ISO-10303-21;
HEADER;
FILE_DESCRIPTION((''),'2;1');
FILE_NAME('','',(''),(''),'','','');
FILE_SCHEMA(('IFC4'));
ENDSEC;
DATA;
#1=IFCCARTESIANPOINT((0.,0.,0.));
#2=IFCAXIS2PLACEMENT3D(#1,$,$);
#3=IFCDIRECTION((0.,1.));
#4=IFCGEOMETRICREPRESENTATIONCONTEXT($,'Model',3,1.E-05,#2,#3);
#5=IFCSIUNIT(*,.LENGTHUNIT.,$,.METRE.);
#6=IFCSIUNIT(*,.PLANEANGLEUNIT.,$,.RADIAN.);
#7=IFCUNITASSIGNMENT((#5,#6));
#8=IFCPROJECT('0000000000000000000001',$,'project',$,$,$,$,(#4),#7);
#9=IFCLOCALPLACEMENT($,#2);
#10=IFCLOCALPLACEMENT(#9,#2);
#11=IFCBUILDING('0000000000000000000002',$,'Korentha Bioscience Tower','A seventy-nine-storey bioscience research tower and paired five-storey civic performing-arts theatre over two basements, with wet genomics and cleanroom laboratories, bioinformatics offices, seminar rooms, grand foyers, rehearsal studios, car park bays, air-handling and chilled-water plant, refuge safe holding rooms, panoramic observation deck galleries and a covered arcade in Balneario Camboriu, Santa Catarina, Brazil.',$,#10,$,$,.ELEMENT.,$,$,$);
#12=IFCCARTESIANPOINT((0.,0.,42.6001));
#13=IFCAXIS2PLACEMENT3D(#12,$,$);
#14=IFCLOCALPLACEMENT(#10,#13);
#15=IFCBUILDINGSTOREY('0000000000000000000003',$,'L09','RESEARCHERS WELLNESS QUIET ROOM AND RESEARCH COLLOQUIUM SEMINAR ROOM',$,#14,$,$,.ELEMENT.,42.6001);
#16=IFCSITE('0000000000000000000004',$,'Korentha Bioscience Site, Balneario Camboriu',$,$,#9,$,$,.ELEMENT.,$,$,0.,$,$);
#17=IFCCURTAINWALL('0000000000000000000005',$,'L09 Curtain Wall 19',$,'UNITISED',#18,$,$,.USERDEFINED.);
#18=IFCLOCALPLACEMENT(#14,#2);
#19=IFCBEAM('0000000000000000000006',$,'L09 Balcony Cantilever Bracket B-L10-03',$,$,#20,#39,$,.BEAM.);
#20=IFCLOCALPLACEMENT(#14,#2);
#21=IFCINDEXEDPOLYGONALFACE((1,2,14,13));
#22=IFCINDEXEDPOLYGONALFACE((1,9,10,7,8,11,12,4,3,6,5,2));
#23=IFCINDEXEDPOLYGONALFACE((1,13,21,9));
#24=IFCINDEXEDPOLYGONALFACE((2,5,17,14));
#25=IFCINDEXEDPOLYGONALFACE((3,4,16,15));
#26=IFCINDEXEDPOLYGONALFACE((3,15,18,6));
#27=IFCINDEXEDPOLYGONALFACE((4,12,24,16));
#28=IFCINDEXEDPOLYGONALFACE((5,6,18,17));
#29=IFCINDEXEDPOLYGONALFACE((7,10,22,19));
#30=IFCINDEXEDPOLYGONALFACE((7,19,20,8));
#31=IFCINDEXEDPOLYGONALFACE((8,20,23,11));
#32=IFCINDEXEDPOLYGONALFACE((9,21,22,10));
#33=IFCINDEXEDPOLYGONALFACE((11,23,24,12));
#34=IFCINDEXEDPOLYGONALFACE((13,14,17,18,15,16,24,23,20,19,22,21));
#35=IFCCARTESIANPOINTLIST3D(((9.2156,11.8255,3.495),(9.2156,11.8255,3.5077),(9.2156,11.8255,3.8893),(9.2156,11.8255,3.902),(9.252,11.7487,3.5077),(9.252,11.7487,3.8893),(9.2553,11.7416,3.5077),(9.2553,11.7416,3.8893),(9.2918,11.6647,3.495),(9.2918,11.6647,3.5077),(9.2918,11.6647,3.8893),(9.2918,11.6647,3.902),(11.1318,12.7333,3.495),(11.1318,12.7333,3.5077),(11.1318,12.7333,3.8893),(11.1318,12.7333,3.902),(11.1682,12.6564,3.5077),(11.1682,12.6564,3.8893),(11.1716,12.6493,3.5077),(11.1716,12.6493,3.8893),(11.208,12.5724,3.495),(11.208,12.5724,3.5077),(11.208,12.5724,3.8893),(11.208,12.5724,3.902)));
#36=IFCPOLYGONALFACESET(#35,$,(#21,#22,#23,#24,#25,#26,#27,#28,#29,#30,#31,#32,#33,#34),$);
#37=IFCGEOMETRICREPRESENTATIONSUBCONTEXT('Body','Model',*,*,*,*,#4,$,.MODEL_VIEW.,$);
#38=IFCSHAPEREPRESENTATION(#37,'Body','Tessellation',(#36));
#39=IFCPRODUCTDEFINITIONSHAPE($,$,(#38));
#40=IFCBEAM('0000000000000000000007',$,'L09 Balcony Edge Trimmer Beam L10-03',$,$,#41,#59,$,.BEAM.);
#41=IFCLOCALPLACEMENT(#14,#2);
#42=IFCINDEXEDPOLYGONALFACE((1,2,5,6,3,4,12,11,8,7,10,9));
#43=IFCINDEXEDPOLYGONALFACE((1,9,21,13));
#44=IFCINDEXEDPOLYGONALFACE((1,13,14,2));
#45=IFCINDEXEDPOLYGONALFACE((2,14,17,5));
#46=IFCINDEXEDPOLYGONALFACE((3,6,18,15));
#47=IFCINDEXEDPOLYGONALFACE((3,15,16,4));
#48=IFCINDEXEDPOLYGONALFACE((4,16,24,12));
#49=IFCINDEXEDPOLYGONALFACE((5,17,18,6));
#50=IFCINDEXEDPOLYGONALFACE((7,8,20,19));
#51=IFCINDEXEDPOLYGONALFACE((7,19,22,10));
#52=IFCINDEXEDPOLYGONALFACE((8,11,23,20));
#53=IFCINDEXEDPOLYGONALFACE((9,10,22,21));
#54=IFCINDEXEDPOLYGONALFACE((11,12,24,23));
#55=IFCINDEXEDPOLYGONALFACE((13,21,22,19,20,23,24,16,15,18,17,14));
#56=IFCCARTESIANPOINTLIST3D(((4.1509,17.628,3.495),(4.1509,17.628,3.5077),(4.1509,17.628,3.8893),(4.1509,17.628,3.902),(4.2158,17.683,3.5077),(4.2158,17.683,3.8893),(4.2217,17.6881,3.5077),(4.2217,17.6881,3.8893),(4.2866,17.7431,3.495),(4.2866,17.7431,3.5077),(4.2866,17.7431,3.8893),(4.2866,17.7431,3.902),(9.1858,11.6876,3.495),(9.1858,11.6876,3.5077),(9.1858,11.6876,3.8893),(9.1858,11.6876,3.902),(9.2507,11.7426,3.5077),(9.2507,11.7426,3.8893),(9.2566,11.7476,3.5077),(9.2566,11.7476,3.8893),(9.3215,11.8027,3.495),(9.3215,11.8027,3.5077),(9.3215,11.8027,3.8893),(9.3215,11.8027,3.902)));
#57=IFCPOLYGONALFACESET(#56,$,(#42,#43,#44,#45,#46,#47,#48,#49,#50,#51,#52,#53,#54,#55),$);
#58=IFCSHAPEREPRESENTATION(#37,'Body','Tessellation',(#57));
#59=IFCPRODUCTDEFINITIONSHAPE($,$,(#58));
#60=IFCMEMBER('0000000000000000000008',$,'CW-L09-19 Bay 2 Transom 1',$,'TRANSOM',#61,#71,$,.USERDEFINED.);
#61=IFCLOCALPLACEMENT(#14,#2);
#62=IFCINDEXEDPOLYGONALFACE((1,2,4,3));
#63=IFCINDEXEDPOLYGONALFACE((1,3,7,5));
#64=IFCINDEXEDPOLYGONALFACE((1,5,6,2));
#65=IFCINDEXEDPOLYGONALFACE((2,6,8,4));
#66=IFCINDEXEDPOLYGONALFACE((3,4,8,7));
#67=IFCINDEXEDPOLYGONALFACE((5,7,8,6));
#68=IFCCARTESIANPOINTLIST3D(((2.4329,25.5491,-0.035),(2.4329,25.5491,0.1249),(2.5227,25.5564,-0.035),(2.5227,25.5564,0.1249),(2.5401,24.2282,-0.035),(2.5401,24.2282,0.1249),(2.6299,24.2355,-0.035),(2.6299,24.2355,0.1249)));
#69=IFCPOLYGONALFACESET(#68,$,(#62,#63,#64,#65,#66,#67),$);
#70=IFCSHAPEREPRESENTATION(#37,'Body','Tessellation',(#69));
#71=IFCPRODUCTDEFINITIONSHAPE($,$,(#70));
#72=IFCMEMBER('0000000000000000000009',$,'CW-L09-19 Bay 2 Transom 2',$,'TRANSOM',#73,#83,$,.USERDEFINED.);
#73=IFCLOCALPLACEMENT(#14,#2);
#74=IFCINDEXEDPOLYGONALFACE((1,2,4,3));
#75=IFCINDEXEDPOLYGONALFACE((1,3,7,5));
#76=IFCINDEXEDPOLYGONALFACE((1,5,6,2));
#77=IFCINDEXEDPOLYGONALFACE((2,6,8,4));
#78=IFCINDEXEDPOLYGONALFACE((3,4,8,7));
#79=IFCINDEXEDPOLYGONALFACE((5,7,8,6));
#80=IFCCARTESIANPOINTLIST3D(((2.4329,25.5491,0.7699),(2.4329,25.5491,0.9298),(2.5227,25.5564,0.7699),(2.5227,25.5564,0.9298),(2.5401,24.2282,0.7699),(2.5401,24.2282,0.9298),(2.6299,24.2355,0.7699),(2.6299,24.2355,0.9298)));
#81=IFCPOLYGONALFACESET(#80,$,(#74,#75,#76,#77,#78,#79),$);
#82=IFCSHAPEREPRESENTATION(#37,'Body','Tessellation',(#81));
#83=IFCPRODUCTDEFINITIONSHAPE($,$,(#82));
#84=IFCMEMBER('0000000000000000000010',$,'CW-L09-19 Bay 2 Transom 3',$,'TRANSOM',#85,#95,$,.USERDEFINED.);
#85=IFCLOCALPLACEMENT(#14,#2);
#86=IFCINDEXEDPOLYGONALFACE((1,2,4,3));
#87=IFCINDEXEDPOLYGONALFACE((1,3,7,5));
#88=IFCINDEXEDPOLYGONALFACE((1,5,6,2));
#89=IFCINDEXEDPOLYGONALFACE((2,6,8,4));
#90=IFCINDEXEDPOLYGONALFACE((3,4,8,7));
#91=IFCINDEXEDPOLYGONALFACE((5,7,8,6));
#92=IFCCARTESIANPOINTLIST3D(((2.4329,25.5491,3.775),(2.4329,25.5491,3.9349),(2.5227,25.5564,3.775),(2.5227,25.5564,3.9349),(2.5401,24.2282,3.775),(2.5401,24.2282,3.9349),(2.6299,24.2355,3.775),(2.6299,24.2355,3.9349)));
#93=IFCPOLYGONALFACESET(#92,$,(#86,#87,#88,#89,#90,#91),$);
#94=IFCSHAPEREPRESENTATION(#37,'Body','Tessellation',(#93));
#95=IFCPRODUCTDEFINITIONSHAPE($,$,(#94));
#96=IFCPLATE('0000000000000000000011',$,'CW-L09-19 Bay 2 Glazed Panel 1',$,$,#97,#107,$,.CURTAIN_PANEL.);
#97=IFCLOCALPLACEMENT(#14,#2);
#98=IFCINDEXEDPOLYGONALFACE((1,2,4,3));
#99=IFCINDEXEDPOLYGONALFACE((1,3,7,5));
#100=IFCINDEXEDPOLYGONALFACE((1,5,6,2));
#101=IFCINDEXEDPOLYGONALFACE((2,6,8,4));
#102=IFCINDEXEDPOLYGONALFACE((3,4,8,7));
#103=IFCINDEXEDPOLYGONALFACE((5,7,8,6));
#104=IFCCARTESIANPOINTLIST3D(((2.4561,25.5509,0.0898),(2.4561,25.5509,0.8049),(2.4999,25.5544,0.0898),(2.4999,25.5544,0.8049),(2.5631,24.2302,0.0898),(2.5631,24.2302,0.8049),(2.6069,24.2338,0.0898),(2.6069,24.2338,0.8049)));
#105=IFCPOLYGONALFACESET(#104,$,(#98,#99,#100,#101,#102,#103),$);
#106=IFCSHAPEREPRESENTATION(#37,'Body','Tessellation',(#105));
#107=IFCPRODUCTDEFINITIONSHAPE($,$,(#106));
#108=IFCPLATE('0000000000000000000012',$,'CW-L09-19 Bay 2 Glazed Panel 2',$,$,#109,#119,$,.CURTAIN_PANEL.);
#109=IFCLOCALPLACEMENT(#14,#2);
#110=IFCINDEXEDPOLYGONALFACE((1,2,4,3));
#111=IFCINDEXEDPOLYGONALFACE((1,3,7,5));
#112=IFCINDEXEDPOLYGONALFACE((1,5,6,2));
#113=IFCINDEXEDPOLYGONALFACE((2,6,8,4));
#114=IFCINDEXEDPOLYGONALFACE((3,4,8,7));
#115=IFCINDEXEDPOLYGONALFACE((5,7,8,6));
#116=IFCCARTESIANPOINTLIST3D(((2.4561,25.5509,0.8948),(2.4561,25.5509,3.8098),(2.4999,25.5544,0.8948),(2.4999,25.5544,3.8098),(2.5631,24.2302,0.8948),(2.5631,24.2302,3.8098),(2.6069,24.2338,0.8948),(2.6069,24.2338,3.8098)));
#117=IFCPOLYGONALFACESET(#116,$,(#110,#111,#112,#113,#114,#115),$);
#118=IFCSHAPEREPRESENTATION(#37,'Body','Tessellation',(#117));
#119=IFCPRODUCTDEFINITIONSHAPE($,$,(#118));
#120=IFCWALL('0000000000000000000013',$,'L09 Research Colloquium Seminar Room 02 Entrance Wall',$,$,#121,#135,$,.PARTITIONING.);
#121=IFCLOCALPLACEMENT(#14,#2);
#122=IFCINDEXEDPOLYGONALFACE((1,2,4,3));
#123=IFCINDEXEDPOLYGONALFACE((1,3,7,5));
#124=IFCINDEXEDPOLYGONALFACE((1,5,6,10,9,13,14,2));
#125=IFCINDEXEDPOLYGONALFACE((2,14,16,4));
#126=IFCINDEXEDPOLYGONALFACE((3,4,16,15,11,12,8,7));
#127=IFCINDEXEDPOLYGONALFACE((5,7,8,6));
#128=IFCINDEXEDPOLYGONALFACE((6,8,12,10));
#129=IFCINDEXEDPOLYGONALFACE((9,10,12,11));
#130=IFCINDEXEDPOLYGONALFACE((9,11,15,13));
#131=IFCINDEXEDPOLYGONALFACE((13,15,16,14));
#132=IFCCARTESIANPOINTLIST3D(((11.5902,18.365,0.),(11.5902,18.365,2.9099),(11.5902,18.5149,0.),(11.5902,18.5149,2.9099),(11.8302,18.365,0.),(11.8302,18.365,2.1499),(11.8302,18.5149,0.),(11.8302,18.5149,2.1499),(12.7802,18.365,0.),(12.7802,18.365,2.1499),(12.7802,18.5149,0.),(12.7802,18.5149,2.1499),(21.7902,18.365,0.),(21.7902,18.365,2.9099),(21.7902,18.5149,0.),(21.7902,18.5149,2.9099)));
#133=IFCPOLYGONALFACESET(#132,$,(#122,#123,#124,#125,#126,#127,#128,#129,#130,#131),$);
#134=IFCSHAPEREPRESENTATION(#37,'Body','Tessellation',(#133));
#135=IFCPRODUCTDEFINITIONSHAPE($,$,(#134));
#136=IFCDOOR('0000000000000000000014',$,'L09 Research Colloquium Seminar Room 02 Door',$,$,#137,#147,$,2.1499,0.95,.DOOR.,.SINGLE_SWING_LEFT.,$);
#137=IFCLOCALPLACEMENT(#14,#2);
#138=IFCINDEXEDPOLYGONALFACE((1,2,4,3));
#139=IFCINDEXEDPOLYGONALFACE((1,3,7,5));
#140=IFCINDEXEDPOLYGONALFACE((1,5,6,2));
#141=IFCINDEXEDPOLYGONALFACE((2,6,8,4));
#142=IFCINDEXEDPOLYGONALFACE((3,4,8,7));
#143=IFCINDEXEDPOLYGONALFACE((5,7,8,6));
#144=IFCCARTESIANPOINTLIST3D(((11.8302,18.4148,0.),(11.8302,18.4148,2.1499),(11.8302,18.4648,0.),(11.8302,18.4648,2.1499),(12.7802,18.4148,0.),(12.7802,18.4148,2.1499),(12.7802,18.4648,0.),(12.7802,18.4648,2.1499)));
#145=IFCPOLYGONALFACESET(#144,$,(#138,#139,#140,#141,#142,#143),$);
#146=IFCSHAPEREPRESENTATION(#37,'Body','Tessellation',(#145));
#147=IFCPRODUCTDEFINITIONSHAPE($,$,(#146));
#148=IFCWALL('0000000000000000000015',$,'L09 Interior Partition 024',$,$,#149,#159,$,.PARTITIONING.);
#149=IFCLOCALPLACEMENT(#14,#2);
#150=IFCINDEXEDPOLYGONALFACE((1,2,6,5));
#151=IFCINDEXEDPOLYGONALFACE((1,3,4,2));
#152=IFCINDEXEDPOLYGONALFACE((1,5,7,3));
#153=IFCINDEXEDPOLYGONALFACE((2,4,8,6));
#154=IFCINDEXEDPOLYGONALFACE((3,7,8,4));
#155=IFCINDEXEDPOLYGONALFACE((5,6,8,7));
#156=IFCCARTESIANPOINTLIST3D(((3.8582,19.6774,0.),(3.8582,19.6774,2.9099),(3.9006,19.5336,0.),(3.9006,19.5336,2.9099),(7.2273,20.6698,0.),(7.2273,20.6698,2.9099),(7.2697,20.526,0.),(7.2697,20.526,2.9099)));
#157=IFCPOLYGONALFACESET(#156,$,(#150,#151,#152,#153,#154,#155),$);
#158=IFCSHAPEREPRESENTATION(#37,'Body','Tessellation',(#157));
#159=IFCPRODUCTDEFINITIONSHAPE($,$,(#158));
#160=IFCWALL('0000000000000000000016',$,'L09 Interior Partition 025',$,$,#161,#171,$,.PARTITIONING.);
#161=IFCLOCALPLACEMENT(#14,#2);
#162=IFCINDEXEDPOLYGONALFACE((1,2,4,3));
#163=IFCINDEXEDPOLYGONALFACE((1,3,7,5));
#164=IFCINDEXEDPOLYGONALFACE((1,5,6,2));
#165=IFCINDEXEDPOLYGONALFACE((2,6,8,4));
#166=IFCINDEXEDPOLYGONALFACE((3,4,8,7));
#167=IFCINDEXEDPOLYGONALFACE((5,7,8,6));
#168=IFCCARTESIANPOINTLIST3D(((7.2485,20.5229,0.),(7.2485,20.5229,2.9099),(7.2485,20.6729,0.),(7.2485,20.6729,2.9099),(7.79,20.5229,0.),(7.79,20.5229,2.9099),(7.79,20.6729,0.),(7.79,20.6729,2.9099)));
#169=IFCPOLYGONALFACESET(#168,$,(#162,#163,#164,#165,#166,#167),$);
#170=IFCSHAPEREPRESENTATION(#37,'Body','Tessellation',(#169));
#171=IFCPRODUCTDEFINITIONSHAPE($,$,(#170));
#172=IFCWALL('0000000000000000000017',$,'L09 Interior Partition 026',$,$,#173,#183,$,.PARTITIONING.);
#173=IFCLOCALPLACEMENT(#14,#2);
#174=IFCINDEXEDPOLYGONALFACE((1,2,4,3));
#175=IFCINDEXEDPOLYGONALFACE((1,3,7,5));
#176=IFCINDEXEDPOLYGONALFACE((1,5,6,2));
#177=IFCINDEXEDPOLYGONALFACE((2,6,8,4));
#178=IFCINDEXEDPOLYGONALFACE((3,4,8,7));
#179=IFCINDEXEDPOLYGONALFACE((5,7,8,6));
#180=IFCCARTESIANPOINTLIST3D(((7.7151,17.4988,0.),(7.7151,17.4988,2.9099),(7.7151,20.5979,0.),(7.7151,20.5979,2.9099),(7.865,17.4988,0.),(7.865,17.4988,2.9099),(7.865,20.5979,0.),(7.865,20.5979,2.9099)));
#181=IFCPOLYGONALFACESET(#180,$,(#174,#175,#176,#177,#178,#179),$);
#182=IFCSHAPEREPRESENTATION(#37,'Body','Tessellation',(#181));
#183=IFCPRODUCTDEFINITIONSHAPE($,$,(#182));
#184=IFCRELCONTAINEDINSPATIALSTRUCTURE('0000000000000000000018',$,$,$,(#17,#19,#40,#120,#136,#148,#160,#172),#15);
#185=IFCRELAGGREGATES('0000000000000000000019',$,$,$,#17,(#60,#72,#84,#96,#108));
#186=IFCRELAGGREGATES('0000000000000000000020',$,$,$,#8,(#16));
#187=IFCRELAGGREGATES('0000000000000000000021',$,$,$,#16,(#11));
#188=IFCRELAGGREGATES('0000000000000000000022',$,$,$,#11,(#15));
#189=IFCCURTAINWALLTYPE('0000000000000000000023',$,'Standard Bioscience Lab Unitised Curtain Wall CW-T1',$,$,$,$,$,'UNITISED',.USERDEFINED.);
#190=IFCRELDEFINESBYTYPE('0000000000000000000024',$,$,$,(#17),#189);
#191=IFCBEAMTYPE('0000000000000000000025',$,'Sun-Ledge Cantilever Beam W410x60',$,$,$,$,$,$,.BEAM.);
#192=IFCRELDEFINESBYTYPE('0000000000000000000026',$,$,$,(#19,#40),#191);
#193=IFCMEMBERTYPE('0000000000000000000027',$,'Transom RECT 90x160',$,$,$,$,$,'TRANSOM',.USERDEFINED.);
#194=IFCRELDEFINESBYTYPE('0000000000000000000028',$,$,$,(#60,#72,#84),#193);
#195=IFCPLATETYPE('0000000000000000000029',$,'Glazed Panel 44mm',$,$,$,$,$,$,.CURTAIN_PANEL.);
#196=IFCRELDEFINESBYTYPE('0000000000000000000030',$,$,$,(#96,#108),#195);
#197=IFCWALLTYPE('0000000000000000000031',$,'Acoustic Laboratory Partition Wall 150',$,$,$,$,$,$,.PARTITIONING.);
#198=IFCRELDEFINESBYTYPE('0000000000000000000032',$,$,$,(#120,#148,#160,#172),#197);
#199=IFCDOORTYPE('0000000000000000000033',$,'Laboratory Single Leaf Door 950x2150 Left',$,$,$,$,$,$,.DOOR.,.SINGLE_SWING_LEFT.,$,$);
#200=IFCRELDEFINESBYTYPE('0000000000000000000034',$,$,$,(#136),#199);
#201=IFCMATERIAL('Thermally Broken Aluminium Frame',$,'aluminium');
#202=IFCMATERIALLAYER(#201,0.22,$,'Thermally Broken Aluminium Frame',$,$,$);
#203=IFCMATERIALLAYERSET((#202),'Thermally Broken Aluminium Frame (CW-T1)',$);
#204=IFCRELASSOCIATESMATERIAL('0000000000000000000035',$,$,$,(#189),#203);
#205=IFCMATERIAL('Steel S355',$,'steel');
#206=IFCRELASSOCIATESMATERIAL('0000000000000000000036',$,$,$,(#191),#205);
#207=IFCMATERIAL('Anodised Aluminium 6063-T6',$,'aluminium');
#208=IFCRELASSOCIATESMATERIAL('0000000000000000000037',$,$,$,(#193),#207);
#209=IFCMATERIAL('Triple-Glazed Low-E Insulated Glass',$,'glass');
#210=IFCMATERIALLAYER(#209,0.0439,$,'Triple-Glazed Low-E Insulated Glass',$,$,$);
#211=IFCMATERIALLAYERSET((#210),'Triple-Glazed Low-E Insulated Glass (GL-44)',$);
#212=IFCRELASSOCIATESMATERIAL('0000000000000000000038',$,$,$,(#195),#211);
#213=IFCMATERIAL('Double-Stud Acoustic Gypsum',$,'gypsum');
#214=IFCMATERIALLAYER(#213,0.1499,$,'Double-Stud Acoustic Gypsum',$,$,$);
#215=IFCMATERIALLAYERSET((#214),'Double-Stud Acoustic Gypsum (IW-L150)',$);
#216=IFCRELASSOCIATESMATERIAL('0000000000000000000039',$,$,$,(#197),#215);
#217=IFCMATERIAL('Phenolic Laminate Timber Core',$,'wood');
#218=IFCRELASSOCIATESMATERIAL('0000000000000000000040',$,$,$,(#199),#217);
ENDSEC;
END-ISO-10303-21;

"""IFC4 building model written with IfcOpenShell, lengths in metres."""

from ifc_helpers import new_model, si_unit, direction, frame, frame_2d, origin, origin_2d, place, context, subcontext, project, spatial, rectangle, i_section, extrude, material, layer, layer_set, material_profile, profile_set, type_object, element, fill, aggregate, save


model = new_model("IFC4")

# Units and contexts
model_context = context("Model", 3, precision=1e-05, world=origin(), true_north=direction((0.0, 1.0)))
body_context = subcontext(model_context, "Body", "Model", "MODEL_VIEW")
ifc_project = project(units=[si_unit("LENGTHUNIT", "METRE"), si_unit("PLANEANGLEUNIT", "RADIAN")], contexts=[model_context])

# Site, building, storey
site_placement = place(None, origin())
site = spatial("IfcSite", under=ifc_project, at=site_placement, Name="Korentha Bioscience Site, Balneario Camboriu", CompositionType="ELEMENT", RefElevation=0.0)
building_placement = place(site_placement, origin())
building = spatial("IfcBuilding", under=site, at=building_placement, Name="Korentha Bioscience Tower", Description="A seventy-nine-storey bioscience research tower and paired five-storey civic performing-arts theatre over two basements, with wet genomics and cleanroom laboratories, bioinformatics offices, seminar rooms, grand foyers, rehearsal studios, car park bays, air-handling and chilled-water plant, refuge safe holding rooms, panoramic observation deck galleries and a covered arcade in Balneario Camboriu, Santa Catarina, Brazil.", CompositionType="ELEMENT")
storey_placement = place(building_placement, frame((0.0, 0.0, 42.6001)))
storey = spatial("IfcBuildingStorey", under=building, at=storey_placement, Name="L09", Description="RESEARCHERS WELLNESS QUIET ROOM AND RESEARCH COLLOQUIUM SEMINAR ROOM", CompositionType="ELEMENT", Elevation=42.6001)

# Curtain wall
ifc_material_1 = material(Name="Thermally Broken Aluminium Frame", Category="aluminium")
ifc_layer_1 = layer(ifc_material_1, 0.22, Name="Thermally Broken Aluminium Frame")
ifc_layer_set_1 = layer_set([ifc_layer_1], Name="Thermally Broken Aluminium Frame (CW-T1)")
curtain_wall_type = type_object("IfcCurtainWallType", Name="Standard Bioscience Lab Unitised Curtain Wall CW-T1", ElementType="UNITISED", PredefinedType="USERDEFINED", material=ifc_layer_set_1)
curtain_wall_1_placement = place(storey_placement, origin())
curtain_wall_1 = element("IfcCurtainWall", 1, at=curtain_wall_1_placement, inside=storey, type_object=curtain_wall_type, Name="L09 Curtain Wall 19", ObjectType="UNITISED", PredefinedType="USERDEFINED")
ifc_material_2 = material(Name="Anodised Aluminium 6063-T6", Category="aluminium")

# Beams
ifc_material_3 = material(Name="Steel S355", Category="steel")
ifc_material_profile_1 = material_profile(ifc_material_3, i_section(OverallWidth=0.178, OverallDepth=0.407, WebThickness=0.0078, FlangeThickness=0.0127, at=origin_2d()), Name="Steel S355")
ifc_profile_set_1 = profile_set([ifc_material_profile_1], Name="Steel S355 (CB-410)")
beam_type_1 = type_object("IfcBeamType", Name="Sun-Ledge Cantilever Beam W410x60", PredefinedType="BEAM", material=ifc_profile_set_1)
beam_1_placement = place(storey_placement, frame((11.1699, 12.6528, 3.6985), z_axis=(-0.903735, -0.428091, 0.0), x_axis=(0.428091, -0.903735, 0.0)))
element("IfcBeam", 2, at=beam_1_placement, inside=storey, type_object=beam_type_1, Name="L09 Balcony Cantilever Bracket B-L10-03", PredefinedType="BEAM", context=body_context, shape_type="SweptSolid", body=[
    extrude(i_section(OverallWidth=0.178, OverallDepth=0.407, WebThickness=0.0078, FlangeThickness=0.0127, at=origin_2d()), origin(), (0.0, 0.0, 1.0), 2.1204),
])
beam_2_placement = place(storey_placement, frame((4.2188, 17.6855, 3.6985), z_axis=(0.64657, -0.762854, 0.0), x_axis=(0.762854, 0.64657, 0.0)))
element("IfcBeam", 3, at=beam_2_placement, inside=storey, type_object=beam_type_1, Name="L09 Balcony Edge Trimmer Beam L10-03", PredefinedType="BEAM", context=body_context, shape_type="SweptSolid", body=[
    extrude(i_section(OverallWidth=0.178, OverallDepth=0.407, WebThickness=0.0078, FlangeThickness=0.0127, at=origin_2d()), origin(), (0.0, 0.0, 1.0), 7.7871),
])

# Members
ifc_material_profile_2 = material_profile(ifc_material_2, rectangle(XDim=0.0901, YDim=0.1599, at=origin_2d()), Name="Anodised Aluminium 6063-T6")
ifc_profile_set_2 = profile_set([ifc_material_profile_2], Name="Anodised Aluminium 6063-T6 (CW-TRN)")
member_type_1 = type_object("IfcMemberType", Name="Transom RECT 90x160", ElementType="TRANSOM", PredefinedType="USERDEFINED", material=ifc_profile_set_2)
member_1_placement = place(storey_placement, frame((2.4778, 25.5527, 0.0449), z_axis=(0.08088, -0.996724, 0.0), x_axis=(0.996724, 0.08088, 0.0)))
member_1 = element("IfcMember", 4, at=member_1_placement, type_object=member_type_1, Name="CW-L09-19 Bay 2 Transom 1", ObjectType="TRANSOM", PredefinedType="USERDEFINED", context=body_context, shape_type="SweptSolid", body=[
    extrude(rectangle(XDim=0.0901, YDim=0.1599, at=origin_2d()), origin(), (0.0, 0.0, 1.0), 1.3252),
])
member_2_placement = place(storey_placement, frame((2.4778, 25.5527, 0.8499), z_axis=(0.08088, -0.996724, 0.0), x_axis=(0.996724, 0.08088, 0.0)))
member_2 = element("IfcMember", 5, at=member_2_placement, type_object=member_type_1, Name="CW-L09-19 Bay 2 Transom 2", ObjectType="TRANSOM", PredefinedType="USERDEFINED", context=body_context, shape_type="SweptSolid", body=[
    extrude(rectangle(XDim=0.0901, YDim=0.1599, at=origin_2d()), origin(), (0.0, 0.0, 1.0), 1.3252),
])
member_3_placement = place(storey_placement, frame((2.4778, 25.5527, 3.855), z_axis=(0.08088, -0.996724, 0.0), x_axis=(0.996724, 0.08088, 0.0)))
member_3 = element("IfcMember", 6, at=member_3_placement, type_object=member_type_1, Name="CW-L09-19 Bay 2 Transom 3", ObjectType="TRANSOM", PredefinedType="USERDEFINED", context=body_context, shape_type="SweptSolid", body=[
    extrude(rectangle(XDim=0.0901, YDim=0.1599, at=origin_2d()), origin(), (0.0, 0.0, 1.0), 1.3252),
])

# Plates
ifc_material_4 = material(Name="Triple-Glazed Low-E Insulated Glass", Category="glass")
ifc_layer_2 = layer(ifc_material_4, 0.0439, Name="Triple-Glazed Low-E Insulated Glass")
ifc_layer_set_2 = layer_set([ifc_layer_2], Name="Triple-Glazed Low-E Insulated Glass (GL-44)")
plate_type = type_object("IfcPlateType", Name="Glazed Panel 44mm", PredefinedType="CURTAIN_PANEL", material=ifc_layer_set_2)
plate_1_placement = place(storey_placement, frame((2.5315, 24.8923, 0.0898), z_axis=(0.0, 0.0, 1.0), x_axis=(0.08082, -0.996729, 0.0)))
plate_1 = element("IfcPlate", 7, at=plate_1_placement, type_object=plate_type, Name="CW-L09-19 Bay 2 Glazed Panel 1", PredefinedType="CURTAIN_PANEL", context=body_context, shape_type="SweptSolid", body=[
    extrude(rectangle(XDim=1.325, YDim=0.0439, at=origin_2d()), origin(), (0.0, 0.0, 1.0), 0.7151),
])
plate_2_placement = place(storey_placement, frame((2.5315, 24.8923, 0.8948), z_axis=(0.0, 0.0, 1.0), x_axis=(0.08082, -0.996729, 0.0)))
plate_2 = element("IfcPlate", 8, at=plate_2_placement, type_object=plate_type, Name="CW-L09-19 Bay 2 Glazed Panel 2", PredefinedType="CURTAIN_PANEL", context=body_context, shape_type="SweptSolid", body=[
    extrude(rectangle(XDim=1.325, YDim=0.0439, at=origin_2d()), origin(), (0.0, 0.0, 1.0), 2.915),
])
aggregate(curtain_wall_1, [member_1, member_2, member_3, plate_1, plate_2])

# Wall, opening, door
ifc_material_5 = material(Name="Double-Stud Acoustic Gypsum", Category="gypsum")
ifc_layer_3 = layer(ifc_material_5, 0.1499, Name="Double-Stud Acoustic Gypsum")
ifc_layer_set_3 = layer_set([ifc_layer_3], Name="Double-Stud Acoustic Gypsum (IW-L150)")
wall_type_1 = type_object("IfcWallType", Name="Acoustic Laboratory Partition Wall 150", PredefinedType="PARTITIONING", material=ifc_layer_set_3)
wall_1_placement = place(storey_placement, frame((11.5901, 18.4399, 0.0), z_axis=(0.0, 0.0, 1.0), x_axis=(1.0, 0.0, 0.0)))
wall_1 = element("IfcWall", 9, at=wall_1_placement, inside=storey, type_object=wall_type_1, Name="L09 Research Colloquium Seminar Room 02 Entrance Wall", PredefinedType="PARTITIONING", context=body_context, shape_type="SweptSolid", body=[
    extrude(rectangle(XDim=10.2, YDim=0.1499, at=frame_2d((5.1001, 0.0))), origin(), (0.0, 0.0, 1.0), 2.9099),
])
opening_1_placement = place(wall_1_placement, frame((0.24, 0.0, 0.0)))
opening_1 = element("IfcOpeningElement", 10, at=opening_1_placement, cuts=wall_1, PredefinedType="OPENING", context=body_context, shape_type="SweptSolid", body=[
    extrude(rectangle(XDim=0.95, YDim=2.1499, at=frame_2d((0.4751, 1.075))), frame((0.0, 0.0898, 0.0), z_axis=(0.0, -1.0, 0.0), x_axis=(1.0, 0.0, 0.0)), (0.0, 0.0, 1.0), 0.1797),
])
ifc_material_6 = material(Name="Phenolic Laminate Timber Core", Category="wood")
door_type = type_object("IfcDoorType", Name="Laboratory Single Leaf Door 950x2150 Left", OperationType="SINGLE_SWING_LEFT", PredefinedType="DOOR", material=ifc_material_6)
door_placement = place(opening_1_placement, origin())
door = element("IfcDoor", 11, at=door_placement, inside=storey, type_object=door_type, Name="L09 Research Colloquium Seminar Room 02 Door", OperationType="SINGLE_SWING_LEFT", OverallHeight=2.1499, OverallWidth=0.95, PredefinedType="DOOR", context=body_context, shape_type="SweptSolid", body=[
    extrude(rectangle(XDim=0.95, YDim=2.1499, at=frame_2d((0.4751, 1.075))), frame((0.0, 0.0249, 0.0), z_axis=(0.0, -1.0, 0.0), x_axis=(1.0, 0.0, 0.0)), (0.0, 0.0, 1.0), 0.05),
])
fill(opening_1, door)

# Walls
wall_2_placement = place(storey_placement, frame((3.8794, 19.6055, 0.0), z_axis=(0.0, 0.0, 1.0), x_axis=(0.959249, 0.282561, 0.0)))
element("IfcWall", 12, at=wall_2_placement, inside=storey, type_object=wall_type_1, Name="L09 Interior Partition 024", PredefinedType="PARTITIONING", context=body_context, shape_type="SweptSolid", body=[
    extrude(rectangle(XDim=3.5122, YDim=0.1499, at=frame_2d((1.7561, 0.0))), origin(), (0.0, 0.0, 1.0), 2.9099),
])
wall_3_placement = place(storey_placement, frame((7.2485, 20.5979, 0.0), z_axis=(0.0, 0.0, 1.0), x_axis=(1.0, 0.0, 0.0)))
element("IfcWall", 13, at=wall_3_placement, inside=storey, type_object=wall_type_1, Name="L09 Interior Partition 025", PredefinedType="PARTITIONING", context=body_context, shape_type="SweptSolid", body=[
    extrude(rectangle(XDim=0.5415, YDim=0.1499, at=frame_2d((0.2708, 0.0))), origin(), (0.0, 0.0, 1.0), 2.9099),
])
wall_4_placement = place(storey_placement, frame((7.79, 20.5979, 0.0), z_axis=(0.0, 0.0, 1.0), x_axis=(0.0, -1.0, 0.0)))
element("IfcWall", 14, at=wall_4_placement, inside=storey, type_object=wall_type_1, Name="L09 Interior Partition 026", PredefinedType="PARTITIONING", context=body_context, shape_type="SweptSolid", body=[
    extrude(rectangle(XDim=3.0991, YDim=0.1499, at=frame_2d((1.5496, 0.0))), origin(), (0.0, 0.0, 1.0), 2.9099),
])

save(model, "model.ifc")
